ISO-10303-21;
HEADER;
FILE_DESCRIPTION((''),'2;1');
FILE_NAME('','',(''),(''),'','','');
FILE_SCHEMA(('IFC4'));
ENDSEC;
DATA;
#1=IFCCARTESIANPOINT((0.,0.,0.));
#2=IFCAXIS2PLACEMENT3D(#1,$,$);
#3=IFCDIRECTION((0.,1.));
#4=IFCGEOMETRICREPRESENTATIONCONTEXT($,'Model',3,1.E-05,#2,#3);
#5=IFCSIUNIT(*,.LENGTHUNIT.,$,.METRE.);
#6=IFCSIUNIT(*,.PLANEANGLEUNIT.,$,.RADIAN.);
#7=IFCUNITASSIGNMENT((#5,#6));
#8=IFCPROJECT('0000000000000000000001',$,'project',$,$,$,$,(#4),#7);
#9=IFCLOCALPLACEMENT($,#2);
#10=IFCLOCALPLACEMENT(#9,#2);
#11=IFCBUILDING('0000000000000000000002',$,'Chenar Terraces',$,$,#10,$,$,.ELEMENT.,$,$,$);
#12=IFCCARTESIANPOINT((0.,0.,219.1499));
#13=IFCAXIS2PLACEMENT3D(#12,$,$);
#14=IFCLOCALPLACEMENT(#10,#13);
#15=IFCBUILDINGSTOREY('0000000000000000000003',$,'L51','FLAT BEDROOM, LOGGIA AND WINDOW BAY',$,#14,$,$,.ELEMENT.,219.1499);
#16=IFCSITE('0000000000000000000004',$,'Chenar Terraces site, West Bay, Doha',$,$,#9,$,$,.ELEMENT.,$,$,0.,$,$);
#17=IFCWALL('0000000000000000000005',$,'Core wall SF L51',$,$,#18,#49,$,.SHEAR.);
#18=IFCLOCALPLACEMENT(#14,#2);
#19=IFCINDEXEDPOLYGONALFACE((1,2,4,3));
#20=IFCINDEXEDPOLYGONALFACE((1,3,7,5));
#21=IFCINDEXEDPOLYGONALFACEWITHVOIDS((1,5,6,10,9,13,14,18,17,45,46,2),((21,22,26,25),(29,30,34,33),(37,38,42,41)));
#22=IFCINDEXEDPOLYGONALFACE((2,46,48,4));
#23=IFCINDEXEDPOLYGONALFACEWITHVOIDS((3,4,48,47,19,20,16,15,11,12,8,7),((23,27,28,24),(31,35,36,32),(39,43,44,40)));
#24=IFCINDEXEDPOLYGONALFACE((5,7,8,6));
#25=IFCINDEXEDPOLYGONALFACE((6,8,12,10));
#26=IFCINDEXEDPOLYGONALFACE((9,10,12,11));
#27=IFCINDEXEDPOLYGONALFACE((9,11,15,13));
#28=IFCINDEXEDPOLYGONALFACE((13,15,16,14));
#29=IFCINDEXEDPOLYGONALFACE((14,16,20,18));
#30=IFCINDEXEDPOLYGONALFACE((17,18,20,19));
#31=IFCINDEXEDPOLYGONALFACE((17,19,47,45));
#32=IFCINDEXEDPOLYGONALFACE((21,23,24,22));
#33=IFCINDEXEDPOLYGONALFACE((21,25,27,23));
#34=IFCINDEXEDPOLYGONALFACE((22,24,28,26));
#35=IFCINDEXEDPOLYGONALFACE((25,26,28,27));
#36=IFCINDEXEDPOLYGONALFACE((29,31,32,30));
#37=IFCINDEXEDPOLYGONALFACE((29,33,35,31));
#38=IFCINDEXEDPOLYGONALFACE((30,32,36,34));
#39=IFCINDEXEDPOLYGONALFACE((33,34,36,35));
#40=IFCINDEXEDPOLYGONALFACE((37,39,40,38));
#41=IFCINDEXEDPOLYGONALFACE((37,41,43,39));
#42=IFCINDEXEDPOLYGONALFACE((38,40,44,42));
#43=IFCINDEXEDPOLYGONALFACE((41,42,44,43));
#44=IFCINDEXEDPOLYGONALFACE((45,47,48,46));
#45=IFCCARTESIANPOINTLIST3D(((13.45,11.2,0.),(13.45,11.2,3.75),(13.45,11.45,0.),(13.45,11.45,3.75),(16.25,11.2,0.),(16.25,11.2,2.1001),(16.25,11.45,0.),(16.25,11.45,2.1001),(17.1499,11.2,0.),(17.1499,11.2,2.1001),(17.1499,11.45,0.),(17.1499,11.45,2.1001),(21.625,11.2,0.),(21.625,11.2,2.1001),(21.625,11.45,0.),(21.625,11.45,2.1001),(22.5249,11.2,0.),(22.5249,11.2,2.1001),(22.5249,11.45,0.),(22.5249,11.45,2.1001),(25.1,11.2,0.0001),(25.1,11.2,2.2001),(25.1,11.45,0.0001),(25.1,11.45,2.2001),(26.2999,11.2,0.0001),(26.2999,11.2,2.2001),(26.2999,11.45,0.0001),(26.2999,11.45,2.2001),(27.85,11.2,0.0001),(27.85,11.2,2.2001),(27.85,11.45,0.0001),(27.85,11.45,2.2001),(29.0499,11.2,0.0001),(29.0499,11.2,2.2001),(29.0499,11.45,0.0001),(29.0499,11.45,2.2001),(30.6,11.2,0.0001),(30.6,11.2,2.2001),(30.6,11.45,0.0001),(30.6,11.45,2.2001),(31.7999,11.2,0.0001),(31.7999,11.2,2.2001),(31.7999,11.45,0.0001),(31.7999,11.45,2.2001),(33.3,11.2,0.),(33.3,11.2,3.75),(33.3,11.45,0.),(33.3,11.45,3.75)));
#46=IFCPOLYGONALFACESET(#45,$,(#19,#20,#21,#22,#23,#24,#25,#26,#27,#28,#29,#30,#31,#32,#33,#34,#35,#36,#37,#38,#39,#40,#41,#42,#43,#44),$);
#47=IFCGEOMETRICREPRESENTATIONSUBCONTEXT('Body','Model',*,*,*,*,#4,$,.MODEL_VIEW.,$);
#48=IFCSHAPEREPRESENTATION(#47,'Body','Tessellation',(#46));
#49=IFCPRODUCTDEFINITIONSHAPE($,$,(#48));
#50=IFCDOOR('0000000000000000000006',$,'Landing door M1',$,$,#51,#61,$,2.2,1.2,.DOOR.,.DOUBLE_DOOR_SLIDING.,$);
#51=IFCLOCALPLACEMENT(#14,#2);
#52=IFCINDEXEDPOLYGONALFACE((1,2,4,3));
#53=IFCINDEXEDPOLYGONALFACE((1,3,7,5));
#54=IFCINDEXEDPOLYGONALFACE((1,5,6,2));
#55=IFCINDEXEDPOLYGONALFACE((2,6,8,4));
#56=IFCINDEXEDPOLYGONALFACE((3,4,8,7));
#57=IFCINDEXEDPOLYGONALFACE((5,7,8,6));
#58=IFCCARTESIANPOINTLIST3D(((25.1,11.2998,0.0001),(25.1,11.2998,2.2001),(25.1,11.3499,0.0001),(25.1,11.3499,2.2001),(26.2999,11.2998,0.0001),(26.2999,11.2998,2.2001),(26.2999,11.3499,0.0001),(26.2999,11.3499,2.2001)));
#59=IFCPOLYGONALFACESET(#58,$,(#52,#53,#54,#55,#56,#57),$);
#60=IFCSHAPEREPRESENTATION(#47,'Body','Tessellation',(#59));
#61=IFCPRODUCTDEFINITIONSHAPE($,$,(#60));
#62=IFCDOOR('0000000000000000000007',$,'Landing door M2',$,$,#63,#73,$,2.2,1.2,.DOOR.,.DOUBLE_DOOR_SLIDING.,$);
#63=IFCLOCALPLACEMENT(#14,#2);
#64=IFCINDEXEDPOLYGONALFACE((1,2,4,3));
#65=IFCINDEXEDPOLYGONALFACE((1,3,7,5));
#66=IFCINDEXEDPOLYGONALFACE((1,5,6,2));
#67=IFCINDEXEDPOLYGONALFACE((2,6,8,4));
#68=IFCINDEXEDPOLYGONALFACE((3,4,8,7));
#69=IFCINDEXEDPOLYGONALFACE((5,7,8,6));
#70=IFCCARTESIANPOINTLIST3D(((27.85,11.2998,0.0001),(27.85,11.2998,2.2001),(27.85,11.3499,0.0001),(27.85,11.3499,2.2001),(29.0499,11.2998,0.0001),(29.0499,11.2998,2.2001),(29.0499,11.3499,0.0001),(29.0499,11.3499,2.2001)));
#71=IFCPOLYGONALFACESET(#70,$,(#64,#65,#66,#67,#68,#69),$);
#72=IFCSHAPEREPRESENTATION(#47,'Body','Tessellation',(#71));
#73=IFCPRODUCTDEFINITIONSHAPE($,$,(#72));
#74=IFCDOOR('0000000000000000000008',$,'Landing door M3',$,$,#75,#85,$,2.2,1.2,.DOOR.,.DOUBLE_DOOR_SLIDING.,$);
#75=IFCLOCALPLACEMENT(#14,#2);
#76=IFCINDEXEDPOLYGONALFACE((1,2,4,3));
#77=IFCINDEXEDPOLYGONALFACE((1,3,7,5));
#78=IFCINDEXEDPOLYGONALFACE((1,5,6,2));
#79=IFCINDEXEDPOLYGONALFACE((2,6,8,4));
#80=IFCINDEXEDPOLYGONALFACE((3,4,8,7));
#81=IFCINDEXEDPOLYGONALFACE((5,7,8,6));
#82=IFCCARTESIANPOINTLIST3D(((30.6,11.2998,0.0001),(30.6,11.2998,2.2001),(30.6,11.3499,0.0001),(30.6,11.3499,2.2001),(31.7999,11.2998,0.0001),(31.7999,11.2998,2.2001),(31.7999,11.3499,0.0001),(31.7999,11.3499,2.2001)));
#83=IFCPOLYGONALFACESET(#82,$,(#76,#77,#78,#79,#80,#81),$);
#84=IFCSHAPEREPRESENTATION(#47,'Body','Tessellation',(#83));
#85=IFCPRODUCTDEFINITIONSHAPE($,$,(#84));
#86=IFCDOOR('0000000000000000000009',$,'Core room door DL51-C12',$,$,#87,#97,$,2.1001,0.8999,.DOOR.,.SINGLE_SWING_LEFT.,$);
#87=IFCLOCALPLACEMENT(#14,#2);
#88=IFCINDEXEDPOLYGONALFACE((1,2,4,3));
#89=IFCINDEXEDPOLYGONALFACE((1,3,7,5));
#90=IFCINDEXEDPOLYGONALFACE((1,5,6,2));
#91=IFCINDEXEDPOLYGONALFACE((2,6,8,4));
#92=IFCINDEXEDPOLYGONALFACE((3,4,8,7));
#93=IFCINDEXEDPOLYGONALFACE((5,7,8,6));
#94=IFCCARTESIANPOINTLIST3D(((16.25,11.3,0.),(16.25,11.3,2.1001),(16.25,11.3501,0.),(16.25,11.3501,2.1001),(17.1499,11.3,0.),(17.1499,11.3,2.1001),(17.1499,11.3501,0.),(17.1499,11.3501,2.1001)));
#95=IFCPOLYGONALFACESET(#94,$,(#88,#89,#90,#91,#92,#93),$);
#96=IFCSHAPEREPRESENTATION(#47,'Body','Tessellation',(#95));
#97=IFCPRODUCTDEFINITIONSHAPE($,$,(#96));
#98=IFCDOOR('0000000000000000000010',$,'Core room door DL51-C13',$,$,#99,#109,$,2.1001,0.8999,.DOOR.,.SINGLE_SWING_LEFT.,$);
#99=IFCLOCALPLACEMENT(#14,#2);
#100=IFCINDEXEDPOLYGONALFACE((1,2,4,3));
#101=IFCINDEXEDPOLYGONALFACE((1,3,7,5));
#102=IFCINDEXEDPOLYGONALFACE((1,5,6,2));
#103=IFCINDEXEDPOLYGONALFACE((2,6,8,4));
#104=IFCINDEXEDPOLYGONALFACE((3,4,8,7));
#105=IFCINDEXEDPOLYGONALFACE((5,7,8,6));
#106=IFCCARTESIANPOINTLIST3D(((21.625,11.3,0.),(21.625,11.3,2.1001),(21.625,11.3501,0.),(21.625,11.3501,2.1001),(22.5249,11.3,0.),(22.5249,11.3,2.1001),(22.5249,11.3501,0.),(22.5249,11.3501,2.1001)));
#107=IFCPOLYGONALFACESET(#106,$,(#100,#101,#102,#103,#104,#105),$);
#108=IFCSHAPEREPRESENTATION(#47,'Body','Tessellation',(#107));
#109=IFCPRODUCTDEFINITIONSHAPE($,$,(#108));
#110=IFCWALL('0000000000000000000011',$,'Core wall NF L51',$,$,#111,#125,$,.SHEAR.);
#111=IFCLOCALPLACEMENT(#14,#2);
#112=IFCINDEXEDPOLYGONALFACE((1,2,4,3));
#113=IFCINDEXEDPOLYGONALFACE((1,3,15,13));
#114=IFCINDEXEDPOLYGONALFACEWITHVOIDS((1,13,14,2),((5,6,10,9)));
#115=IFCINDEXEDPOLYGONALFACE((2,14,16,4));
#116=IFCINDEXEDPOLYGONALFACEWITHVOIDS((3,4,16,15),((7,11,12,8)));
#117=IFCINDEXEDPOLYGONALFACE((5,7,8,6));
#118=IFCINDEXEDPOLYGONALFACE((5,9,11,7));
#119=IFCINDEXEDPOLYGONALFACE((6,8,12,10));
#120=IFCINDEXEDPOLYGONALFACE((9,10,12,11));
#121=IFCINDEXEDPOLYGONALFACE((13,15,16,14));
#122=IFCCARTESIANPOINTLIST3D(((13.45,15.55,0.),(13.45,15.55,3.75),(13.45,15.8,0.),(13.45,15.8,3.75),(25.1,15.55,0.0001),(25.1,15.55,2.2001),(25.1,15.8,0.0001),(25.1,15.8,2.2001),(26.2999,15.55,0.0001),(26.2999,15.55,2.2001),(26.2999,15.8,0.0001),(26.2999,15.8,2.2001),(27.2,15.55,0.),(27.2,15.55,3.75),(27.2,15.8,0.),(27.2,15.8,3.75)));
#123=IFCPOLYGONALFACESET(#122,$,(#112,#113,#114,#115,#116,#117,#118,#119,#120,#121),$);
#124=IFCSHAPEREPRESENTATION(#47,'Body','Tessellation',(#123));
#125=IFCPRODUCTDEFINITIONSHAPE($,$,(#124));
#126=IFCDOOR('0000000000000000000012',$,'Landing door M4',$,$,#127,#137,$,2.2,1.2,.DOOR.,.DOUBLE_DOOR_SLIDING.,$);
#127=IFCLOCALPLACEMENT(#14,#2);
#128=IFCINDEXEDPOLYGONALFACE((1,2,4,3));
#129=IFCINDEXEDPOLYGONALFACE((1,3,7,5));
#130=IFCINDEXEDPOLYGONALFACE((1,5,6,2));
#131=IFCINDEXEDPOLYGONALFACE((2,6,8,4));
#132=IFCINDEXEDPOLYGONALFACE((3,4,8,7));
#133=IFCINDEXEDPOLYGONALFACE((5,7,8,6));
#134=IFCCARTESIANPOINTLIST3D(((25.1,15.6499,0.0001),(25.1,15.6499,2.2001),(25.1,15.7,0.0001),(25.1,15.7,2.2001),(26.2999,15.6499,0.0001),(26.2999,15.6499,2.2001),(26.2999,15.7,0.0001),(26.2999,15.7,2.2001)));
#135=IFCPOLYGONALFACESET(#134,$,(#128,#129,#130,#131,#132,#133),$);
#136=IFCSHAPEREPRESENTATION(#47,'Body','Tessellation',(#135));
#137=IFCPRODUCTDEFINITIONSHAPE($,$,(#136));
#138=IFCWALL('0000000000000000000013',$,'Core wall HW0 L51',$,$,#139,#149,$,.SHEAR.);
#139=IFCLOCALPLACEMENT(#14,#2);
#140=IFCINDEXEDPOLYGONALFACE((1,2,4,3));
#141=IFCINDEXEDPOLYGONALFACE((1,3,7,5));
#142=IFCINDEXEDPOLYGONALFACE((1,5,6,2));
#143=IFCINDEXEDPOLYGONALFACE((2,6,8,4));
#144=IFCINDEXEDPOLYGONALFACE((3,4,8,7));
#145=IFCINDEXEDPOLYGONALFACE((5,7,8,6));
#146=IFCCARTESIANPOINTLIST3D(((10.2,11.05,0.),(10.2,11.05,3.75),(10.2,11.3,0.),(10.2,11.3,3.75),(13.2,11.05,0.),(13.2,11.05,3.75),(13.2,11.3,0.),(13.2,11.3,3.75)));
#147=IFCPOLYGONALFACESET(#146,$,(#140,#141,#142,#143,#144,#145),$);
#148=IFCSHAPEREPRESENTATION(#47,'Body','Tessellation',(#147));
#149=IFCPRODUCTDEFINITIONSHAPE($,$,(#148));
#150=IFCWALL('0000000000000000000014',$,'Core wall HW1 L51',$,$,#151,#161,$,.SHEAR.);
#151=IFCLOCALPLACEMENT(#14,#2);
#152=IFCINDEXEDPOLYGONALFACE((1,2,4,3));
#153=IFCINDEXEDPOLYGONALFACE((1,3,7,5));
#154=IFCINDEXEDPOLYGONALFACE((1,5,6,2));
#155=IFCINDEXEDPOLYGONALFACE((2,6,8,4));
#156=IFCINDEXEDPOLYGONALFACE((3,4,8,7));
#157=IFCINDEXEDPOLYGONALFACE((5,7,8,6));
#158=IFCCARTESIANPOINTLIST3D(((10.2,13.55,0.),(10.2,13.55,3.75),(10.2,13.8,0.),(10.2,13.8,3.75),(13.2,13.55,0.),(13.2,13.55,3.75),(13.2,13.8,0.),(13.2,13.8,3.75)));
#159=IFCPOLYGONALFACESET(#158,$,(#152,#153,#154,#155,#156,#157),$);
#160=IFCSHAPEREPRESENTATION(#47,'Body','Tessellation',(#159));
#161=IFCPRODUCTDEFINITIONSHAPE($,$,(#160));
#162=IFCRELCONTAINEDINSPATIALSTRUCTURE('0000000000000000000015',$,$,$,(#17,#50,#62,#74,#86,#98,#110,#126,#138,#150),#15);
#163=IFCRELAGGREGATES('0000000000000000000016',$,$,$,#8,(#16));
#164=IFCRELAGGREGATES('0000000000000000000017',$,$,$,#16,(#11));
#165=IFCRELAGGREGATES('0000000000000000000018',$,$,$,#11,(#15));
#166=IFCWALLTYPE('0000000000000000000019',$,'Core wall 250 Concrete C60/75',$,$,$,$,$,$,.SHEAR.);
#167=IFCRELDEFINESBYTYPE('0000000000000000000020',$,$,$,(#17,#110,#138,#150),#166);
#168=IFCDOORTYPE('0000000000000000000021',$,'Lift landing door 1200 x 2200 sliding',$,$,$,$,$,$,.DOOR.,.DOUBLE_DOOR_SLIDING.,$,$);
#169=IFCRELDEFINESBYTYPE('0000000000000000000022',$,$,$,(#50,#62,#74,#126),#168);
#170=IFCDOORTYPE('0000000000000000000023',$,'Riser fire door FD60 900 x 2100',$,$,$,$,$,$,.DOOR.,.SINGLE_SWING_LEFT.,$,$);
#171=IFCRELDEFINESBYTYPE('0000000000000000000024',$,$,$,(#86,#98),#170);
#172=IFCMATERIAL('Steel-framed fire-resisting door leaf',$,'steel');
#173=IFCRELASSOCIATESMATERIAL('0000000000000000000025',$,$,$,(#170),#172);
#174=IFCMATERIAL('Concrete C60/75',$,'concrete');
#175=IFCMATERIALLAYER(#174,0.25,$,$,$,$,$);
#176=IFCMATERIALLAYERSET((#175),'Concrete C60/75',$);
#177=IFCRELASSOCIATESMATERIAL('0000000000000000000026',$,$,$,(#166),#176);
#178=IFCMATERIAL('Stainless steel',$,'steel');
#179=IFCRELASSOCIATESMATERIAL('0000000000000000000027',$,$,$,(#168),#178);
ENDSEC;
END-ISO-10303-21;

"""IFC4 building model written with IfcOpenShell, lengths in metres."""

from ifc_helpers import new_model, si_unit, direction, frame, frame_2d, origin, place, context, subcontext, project, spatial, rectangle, extrude, material, layer, layer_set, type_object, element, fill, save


model = new_model("IFC4")

# Units and contexts
model_context = context("Model", 3, precision=1e-05, world=origin(), true_north=direction((0.0, 1.0)))
body_context = subcontext(model_context, "Body", "Model", "MODEL_VIEW")
ifc_project = project(units=[si_unit("LENGTHUNIT", "METRE"), si_unit("PLANEANGLEUNIT", "RADIAN")], contexts=[model_context])

# Site, building, storey
site_placement = place(None, origin())
site = spatial("IfcSite", under=ifc_project, at=site_placement, Name="Chenar Terraces site, West Bay, Doha", CompositionType="ELEMENT", RefElevation=0.0)
building_placement = place(site_placement, origin())
building = spatial("IfcBuilding", under=site, at=building_placement, Name="Chenar Terraces", CompositionType="ELEMENT")
storey_placement = place(building_placement, frame((0.0, 0.0, 219.1499)))
storey = spatial("IfcBuildingStorey", under=building, at=storey_placement, Name="L51", Description="FLAT BEDROOM, LOGGIA AND WINDOW BAY", CompositionType="ELEMENT", Elevation=219.1499)

# Shared definitions
ifc_material_1 = material(Name="Steel-framed fire-resisting door leaf", Category="steel")
door_type_1 = type_object("IfcDoorType", Name="Riser fire door FD60 900 x 2100", OperationType="SINGLE_SWING_LEFT", PredefinedType="DOOR", material=ifc_material_1)

# Shared definitions
ifc_material_2 = material(Name="Concrete C60/75", Category="concrete")
ifc_layer_1 = layer(ifc_material_2, 0.25)
ifc_layer_set_1 = layer_set([ifc_layer_1], Name="Concrete C60/75")
wall_type_1 = type_object("IfcWallType", Name="Core wall 250 Concrete C60/75", PredefinedType="SHEAR", material=ifc_layer_set_1)

# Wall, openings, doors
wall_1_placement = place(storey_placement, frame((13.45, 11.325, 0.0), z_axis=(0.0, 0.0, 1.0), x_axis=(1.0, 0.0, 0.0)))
wall_1 = element("IfcWall", 1, at=wall_1_placement, inside=storey, type_object=wall_type_1, Name="Core wall SF L51", PredefinedType="SHEAR", context=body_context, shape_type="SweptSolid", body=[
    extrude(rectangle(XDim=19.8501, YDim=0.25, at=frame_2d((9.925, 0.0))), origin(), (0.0, 0.0, 1.0), 3.75),
])
opening_1_placement = place(wall_1_placement, frame((11.6499, 0.0, 0.0)))
opening_1 = element("IfcOpeningElement", 2, at=opening_1_placement, cuts=wall_1, PredefinedType="OPENING", context=body_context, shape_type="SweptSolid", body=[
    extrude(rectangle(XDim=1.2, YDim=2.2, at=frame_2d((0.6001, 1.1001))), frame((0.0, 0.135, 0.0), z_axis=(0.0, -1.0, 0.0), x_axis=(1.0, 0.0, 0.0)), (0.0, 0.0, 1.0), 0.27),
])
opening_2_placement = place(wall_1_placement, frame((14.3999, 0.0, 0.0)))
opening_2 = element("IfcOpeningElement", 3, at=opening_2_placement, cuts=wall_1, PredefinedType="OPENING", context=body_context, shape_type="SweptSolid", body=[
    extrude(rectangle(XDim=1.2, YDim=2.2, at=frame_2d((0.6001, 1.1001))), frame((0.0, 0.135, 0.0), z_axis=(0.0, -1.0, 0.0), x_axis=(1.0, 0.0, 0.0)), (0.0, 0.0, 1.0), 0.27),
])
opening_3_placement = place(wall_1_placement, frame((17.1499, 0.0, 0.0)))
opening_3 = element("IfcOpeningElement", 4, at=opening_3_placement, cuts=wall_1, PredefinedType="OPENING", context=body_context, shape_type="SweptSolid", body=[
    extrude(rectangle(XDim=1.2, YDim=2.2, at=frame_2d((0.6001, 1.1001))), frame((0.0, 0.135, 0.0), z_axis=(0.0, -1.0, 0.0), x_axis=(1.0, 0.0, 0.0)), (0.0, 0.0, 1.0), 0.27),
])
opening_4_placement = place(wall_1_placement, frame((2.8, 0.0, 0.0)))
opening_4 = element("IfcOpeningElement", 5, at=opening_4_placement, cuts=wall_1, PredefinedType="OPENING", context=body_context, shape_type="SweptSolid", body=[
    extrude(rectangle(XDim=0.8999, YDim=2.1001, at=frame_2d((0.45, 1.05))), frame((0.0, 0.135, 0.0), z_axis=(0.0, -1.0, 0.0), x_axis=(1.0, 0.0, 0.0)), (0.0, 0.0, 1.0), 0.27),
])
opening_5_placement = place(wall_1_placement, frame((8.175, 0.0, 0.0)))
opening_5 = element("IfcOpeningElement", 6, at=opening_5_placement, cuts=wall_1, PredefinedType="OPENING", context=body_context, shape_type="SweptSolid", body=[
    extrude(rectangle(XDim=0.8999, YDim=2.1001, at=frame_2d((0.45, 1.05))), frame((0.0, 0.135, 0.0), z_axis=(0.0, -1.0, 0.0), x_axis=(1.0, 0.0, 0.0)), (0.0, 0.0, 1.0), 0.27),
])
ifc_material_3 = material(Name="Stainless steel", Category="steel")
door_type_2 = type_object("IfcDoorType", Name="Lift landing door 1200 x 2200 sliding", OperationType="DOUBLE_DOOR_SLIDING", PredefinedType="DOOR", material=ifc_material_3)
door_1_placement = place(opening_1_placement, origin())
door_1 = element("IfcDoor", 7, at=door_1_placement, inside=storey, type_object=door_type_2, Name="Landing door M1", OperationType="DOUBLE_DOOR_SLIDING", OverallHeight=2.2, OverallWidth=1.2, PredefinedType="DOOR", context=body_context, shape_type="SweptSolid", body=[
    extrude(rectangle(XDim=1.2, YDim=2.2, at=frame_2d((0.6001, 1.1001))), frame((0.0, 0.0249, 0.0), z_axis=(0.0, -1.0, 0.0), x_axis=(1.0, 0.0, 0.0)), (0.0, 0.0, 1.0), 0.05),
])
fill(opening_1, door_1)
door_2_placement = place(opening_2_placement, origin())
door_2 = element("IfcDoor", 8, at=door_2_placement, inside=storey, type_object=door_type_2, Name="Landing door M2", OperationType="DOUBLE_DOOR_SLIDING", OverallHeight=2.2, OverallWidth=1.2, PredefinedType="DOOR", context=body_context, shape_type="SweptSolid", body=[
    extrude(rectangle(XDim=1.2, YDim=2.2, at=frame_2d((0.6001, 1.1001))), frame((0.0, 0.0249, 0.0), z_axis=(0.0, -1.0, 0.0), x_axis=(1.0, 0.0, 0.0)), (0.0, 0.0, 1.0), 0.05),
])
fill(opening_2, door_2)
door_3_placement = place(opening_3_placement, origin())
door_3 = element("IfcDoor", 9, at=door_3_placement, inside=storey, type_object=door_type_2, Name="Landing door M3", OperationType="DOUBLE_DOOR_SLIDING", OverallHeight=2.2, OverallWidth=1.2, PredefinedType="DOOR", context=body_context, shape_type="SweptSolid", body=[
    extrude(rectangle(XDim=1.2, YDim=2.2, at=frame_2d((0.6001, 1.1001))), frame((0.0, 0.0249, 0.0), z_axis=(0.0, -1.0, 0.0), x_axis=(1.0, 0.0, 0.0)), (0.0, 0.0, 1.0), 0.05),
])
fill(opening_3, door_3)
door_4_placement = place(opening_4_placement, frame((0.8999, 0.0, 0.0), z_axis=(0.0, 0.0, 1.0), x_axis=(-1.0, 0.0, 0.0)))
door_4 = element("IfcDoor", 10, at=door_4_placement, inside=storey, type_object=door_type_1, Name="Core room door DL51-C12", OperationType="SINGLE_SWING_LEFT", OverallHeight=2.1001, OverallWidth=0.8999, PredefinedType="DOOR", context=body_context, shape_type="SweptSolid", body=[
    extrude(rectangle(XDim=0.8999, YDim=2.1001, at=frame_2d((0.45, 1.05))), frame((0.0, 0.0249, 0.0), z_axis=(0.0, -1.0, 0.0), x_axis=(1.0, 0.0, 0.0)), (0.0, 0.0, 1.0), 0.05),
])
fill(opening_4, door_4)
door_5_placement = place(opening_5_placement, frame((0.8999, 0.0, 0.0), z_axis=(0.0, 0.0, 1.0), x_axis=(-1.0, 0.0, 0.0)))
door_5 = element("IfcDoor", 11, at=door_5_placement, inside=storey, type_object=door_type_1, Name="Core room door DL51-C13", OperationType="SINGLE_SWING_LEFT", OverallHeight=2.1001, OverallWidth=0.8999, PredefinedType="DOOR", context=body_context, shape_type="SweptSolid", body=[
    extrude(rectangle(XDim=0.8999, YDim=2.1001, at=frame_2d((0.45, 1.05))), frame((0.0, 0.0249, 0.0), z_axis=(0.0, -1.0, 0.0), x_axis=(1.0, 0.0, 0.0)), (0.0, 0.0, 1.0), 0.05),
])
fill(opening_5, door_5)

# Wall, opening, door
wall_2_placement = place(storey_placement, frame((13.45, 15.675, 0.0), z_axis=(0.0, 0.0, 1.0), x_axis=(1.0, 0.0, 0.0)))
wall_2 = element("IfcWall", 12, at=wall_2_placement, inside=storey, type_object=wall_type_1, Name="Core wall NF L51", PredefinedType="SHEAR", context=body_context, shape_type="SweptSolid", body=[
    extrude(rectangle(XDim=13.75, YDim=0.25, at=frame_2d((6.875, 0.0))), origin(), (0.0, 0.0, 1.0), 3.75),
])
opening_6_placement = place(wall_2_placement, frame((11.6499, 0.0, 0.0)))
opening_6 = element("IfcOpeningElement", 13, at=opening_6_placement, cuts=wall_2, PredefinedType="OPENING", context=body_context, shape_type="SweptSolid", body=[
    extrude(rectangle(XDim=1.2, YDim=2.2, at=frame_2d((0.6001, 1.1001))), frame((0.0, 0.135, 0.0), z_axis=(0.0, -1.0, 0.0), x_axis=(1.0, 0.0, 0.0)), (0.0, 0.0, 1.0), 0.27),
])
door_6_placement = place(opening_6_placement, origin())
door_6 = element("IfcDoor", 14, at=door_6_placement, inside=storey, type_object=door_type_2, Name="Landing door M4", OperationType="DOUBLE_DOOR_SLIDING", OverallHeight=2.2, OverallWidth=1.2, PredefinedType="DOOR", context=body_context, shape_type="SweptSolid", body=[
    extrude(rectangle(XDim=1.2, YDim=2.2, at=frame_2d((0.6001, 1.1001))), frame((0.0, 0.0249, 0.0), z_axis=(0.0, -1.0, 0.0), x_axis=(1.0, 0.0, 0.0)), (0.0, 0.0, 1.0), 0.05),
])
fill(opening_6, door_6)

# Walls
for number, where, z_axis, x_axis, name in (
    (15, (10.2, 11.175, 0.0), (0.0, 0.0, 1.0), (1.0, 0.0, 0.0), "Core wall HW0 L51"),
    (16, (10.2, 13.675, 0.0), (0.0, 0.0, 1.0), (1.0, 0.0, 0.0), "Core wall HW1 L51"),
):
    element("IfcWall", number, at=place(storey_placement, frame(where, z_axis=z_axis, x_axis=x_axis)), inside=storey, type_object=wall_type_1, Name=name, PredefinedType="SHEAR", context=body_context, shape_type="SweptSolid", body=[
        extrude(rectangle(XDim=3.0, YDim=0.25, at=frame_2d((1.5, 0.0))), origin(), (0.0, 0.0, 1.0), 3.75),
    ])

save(model, "model.ifc")
